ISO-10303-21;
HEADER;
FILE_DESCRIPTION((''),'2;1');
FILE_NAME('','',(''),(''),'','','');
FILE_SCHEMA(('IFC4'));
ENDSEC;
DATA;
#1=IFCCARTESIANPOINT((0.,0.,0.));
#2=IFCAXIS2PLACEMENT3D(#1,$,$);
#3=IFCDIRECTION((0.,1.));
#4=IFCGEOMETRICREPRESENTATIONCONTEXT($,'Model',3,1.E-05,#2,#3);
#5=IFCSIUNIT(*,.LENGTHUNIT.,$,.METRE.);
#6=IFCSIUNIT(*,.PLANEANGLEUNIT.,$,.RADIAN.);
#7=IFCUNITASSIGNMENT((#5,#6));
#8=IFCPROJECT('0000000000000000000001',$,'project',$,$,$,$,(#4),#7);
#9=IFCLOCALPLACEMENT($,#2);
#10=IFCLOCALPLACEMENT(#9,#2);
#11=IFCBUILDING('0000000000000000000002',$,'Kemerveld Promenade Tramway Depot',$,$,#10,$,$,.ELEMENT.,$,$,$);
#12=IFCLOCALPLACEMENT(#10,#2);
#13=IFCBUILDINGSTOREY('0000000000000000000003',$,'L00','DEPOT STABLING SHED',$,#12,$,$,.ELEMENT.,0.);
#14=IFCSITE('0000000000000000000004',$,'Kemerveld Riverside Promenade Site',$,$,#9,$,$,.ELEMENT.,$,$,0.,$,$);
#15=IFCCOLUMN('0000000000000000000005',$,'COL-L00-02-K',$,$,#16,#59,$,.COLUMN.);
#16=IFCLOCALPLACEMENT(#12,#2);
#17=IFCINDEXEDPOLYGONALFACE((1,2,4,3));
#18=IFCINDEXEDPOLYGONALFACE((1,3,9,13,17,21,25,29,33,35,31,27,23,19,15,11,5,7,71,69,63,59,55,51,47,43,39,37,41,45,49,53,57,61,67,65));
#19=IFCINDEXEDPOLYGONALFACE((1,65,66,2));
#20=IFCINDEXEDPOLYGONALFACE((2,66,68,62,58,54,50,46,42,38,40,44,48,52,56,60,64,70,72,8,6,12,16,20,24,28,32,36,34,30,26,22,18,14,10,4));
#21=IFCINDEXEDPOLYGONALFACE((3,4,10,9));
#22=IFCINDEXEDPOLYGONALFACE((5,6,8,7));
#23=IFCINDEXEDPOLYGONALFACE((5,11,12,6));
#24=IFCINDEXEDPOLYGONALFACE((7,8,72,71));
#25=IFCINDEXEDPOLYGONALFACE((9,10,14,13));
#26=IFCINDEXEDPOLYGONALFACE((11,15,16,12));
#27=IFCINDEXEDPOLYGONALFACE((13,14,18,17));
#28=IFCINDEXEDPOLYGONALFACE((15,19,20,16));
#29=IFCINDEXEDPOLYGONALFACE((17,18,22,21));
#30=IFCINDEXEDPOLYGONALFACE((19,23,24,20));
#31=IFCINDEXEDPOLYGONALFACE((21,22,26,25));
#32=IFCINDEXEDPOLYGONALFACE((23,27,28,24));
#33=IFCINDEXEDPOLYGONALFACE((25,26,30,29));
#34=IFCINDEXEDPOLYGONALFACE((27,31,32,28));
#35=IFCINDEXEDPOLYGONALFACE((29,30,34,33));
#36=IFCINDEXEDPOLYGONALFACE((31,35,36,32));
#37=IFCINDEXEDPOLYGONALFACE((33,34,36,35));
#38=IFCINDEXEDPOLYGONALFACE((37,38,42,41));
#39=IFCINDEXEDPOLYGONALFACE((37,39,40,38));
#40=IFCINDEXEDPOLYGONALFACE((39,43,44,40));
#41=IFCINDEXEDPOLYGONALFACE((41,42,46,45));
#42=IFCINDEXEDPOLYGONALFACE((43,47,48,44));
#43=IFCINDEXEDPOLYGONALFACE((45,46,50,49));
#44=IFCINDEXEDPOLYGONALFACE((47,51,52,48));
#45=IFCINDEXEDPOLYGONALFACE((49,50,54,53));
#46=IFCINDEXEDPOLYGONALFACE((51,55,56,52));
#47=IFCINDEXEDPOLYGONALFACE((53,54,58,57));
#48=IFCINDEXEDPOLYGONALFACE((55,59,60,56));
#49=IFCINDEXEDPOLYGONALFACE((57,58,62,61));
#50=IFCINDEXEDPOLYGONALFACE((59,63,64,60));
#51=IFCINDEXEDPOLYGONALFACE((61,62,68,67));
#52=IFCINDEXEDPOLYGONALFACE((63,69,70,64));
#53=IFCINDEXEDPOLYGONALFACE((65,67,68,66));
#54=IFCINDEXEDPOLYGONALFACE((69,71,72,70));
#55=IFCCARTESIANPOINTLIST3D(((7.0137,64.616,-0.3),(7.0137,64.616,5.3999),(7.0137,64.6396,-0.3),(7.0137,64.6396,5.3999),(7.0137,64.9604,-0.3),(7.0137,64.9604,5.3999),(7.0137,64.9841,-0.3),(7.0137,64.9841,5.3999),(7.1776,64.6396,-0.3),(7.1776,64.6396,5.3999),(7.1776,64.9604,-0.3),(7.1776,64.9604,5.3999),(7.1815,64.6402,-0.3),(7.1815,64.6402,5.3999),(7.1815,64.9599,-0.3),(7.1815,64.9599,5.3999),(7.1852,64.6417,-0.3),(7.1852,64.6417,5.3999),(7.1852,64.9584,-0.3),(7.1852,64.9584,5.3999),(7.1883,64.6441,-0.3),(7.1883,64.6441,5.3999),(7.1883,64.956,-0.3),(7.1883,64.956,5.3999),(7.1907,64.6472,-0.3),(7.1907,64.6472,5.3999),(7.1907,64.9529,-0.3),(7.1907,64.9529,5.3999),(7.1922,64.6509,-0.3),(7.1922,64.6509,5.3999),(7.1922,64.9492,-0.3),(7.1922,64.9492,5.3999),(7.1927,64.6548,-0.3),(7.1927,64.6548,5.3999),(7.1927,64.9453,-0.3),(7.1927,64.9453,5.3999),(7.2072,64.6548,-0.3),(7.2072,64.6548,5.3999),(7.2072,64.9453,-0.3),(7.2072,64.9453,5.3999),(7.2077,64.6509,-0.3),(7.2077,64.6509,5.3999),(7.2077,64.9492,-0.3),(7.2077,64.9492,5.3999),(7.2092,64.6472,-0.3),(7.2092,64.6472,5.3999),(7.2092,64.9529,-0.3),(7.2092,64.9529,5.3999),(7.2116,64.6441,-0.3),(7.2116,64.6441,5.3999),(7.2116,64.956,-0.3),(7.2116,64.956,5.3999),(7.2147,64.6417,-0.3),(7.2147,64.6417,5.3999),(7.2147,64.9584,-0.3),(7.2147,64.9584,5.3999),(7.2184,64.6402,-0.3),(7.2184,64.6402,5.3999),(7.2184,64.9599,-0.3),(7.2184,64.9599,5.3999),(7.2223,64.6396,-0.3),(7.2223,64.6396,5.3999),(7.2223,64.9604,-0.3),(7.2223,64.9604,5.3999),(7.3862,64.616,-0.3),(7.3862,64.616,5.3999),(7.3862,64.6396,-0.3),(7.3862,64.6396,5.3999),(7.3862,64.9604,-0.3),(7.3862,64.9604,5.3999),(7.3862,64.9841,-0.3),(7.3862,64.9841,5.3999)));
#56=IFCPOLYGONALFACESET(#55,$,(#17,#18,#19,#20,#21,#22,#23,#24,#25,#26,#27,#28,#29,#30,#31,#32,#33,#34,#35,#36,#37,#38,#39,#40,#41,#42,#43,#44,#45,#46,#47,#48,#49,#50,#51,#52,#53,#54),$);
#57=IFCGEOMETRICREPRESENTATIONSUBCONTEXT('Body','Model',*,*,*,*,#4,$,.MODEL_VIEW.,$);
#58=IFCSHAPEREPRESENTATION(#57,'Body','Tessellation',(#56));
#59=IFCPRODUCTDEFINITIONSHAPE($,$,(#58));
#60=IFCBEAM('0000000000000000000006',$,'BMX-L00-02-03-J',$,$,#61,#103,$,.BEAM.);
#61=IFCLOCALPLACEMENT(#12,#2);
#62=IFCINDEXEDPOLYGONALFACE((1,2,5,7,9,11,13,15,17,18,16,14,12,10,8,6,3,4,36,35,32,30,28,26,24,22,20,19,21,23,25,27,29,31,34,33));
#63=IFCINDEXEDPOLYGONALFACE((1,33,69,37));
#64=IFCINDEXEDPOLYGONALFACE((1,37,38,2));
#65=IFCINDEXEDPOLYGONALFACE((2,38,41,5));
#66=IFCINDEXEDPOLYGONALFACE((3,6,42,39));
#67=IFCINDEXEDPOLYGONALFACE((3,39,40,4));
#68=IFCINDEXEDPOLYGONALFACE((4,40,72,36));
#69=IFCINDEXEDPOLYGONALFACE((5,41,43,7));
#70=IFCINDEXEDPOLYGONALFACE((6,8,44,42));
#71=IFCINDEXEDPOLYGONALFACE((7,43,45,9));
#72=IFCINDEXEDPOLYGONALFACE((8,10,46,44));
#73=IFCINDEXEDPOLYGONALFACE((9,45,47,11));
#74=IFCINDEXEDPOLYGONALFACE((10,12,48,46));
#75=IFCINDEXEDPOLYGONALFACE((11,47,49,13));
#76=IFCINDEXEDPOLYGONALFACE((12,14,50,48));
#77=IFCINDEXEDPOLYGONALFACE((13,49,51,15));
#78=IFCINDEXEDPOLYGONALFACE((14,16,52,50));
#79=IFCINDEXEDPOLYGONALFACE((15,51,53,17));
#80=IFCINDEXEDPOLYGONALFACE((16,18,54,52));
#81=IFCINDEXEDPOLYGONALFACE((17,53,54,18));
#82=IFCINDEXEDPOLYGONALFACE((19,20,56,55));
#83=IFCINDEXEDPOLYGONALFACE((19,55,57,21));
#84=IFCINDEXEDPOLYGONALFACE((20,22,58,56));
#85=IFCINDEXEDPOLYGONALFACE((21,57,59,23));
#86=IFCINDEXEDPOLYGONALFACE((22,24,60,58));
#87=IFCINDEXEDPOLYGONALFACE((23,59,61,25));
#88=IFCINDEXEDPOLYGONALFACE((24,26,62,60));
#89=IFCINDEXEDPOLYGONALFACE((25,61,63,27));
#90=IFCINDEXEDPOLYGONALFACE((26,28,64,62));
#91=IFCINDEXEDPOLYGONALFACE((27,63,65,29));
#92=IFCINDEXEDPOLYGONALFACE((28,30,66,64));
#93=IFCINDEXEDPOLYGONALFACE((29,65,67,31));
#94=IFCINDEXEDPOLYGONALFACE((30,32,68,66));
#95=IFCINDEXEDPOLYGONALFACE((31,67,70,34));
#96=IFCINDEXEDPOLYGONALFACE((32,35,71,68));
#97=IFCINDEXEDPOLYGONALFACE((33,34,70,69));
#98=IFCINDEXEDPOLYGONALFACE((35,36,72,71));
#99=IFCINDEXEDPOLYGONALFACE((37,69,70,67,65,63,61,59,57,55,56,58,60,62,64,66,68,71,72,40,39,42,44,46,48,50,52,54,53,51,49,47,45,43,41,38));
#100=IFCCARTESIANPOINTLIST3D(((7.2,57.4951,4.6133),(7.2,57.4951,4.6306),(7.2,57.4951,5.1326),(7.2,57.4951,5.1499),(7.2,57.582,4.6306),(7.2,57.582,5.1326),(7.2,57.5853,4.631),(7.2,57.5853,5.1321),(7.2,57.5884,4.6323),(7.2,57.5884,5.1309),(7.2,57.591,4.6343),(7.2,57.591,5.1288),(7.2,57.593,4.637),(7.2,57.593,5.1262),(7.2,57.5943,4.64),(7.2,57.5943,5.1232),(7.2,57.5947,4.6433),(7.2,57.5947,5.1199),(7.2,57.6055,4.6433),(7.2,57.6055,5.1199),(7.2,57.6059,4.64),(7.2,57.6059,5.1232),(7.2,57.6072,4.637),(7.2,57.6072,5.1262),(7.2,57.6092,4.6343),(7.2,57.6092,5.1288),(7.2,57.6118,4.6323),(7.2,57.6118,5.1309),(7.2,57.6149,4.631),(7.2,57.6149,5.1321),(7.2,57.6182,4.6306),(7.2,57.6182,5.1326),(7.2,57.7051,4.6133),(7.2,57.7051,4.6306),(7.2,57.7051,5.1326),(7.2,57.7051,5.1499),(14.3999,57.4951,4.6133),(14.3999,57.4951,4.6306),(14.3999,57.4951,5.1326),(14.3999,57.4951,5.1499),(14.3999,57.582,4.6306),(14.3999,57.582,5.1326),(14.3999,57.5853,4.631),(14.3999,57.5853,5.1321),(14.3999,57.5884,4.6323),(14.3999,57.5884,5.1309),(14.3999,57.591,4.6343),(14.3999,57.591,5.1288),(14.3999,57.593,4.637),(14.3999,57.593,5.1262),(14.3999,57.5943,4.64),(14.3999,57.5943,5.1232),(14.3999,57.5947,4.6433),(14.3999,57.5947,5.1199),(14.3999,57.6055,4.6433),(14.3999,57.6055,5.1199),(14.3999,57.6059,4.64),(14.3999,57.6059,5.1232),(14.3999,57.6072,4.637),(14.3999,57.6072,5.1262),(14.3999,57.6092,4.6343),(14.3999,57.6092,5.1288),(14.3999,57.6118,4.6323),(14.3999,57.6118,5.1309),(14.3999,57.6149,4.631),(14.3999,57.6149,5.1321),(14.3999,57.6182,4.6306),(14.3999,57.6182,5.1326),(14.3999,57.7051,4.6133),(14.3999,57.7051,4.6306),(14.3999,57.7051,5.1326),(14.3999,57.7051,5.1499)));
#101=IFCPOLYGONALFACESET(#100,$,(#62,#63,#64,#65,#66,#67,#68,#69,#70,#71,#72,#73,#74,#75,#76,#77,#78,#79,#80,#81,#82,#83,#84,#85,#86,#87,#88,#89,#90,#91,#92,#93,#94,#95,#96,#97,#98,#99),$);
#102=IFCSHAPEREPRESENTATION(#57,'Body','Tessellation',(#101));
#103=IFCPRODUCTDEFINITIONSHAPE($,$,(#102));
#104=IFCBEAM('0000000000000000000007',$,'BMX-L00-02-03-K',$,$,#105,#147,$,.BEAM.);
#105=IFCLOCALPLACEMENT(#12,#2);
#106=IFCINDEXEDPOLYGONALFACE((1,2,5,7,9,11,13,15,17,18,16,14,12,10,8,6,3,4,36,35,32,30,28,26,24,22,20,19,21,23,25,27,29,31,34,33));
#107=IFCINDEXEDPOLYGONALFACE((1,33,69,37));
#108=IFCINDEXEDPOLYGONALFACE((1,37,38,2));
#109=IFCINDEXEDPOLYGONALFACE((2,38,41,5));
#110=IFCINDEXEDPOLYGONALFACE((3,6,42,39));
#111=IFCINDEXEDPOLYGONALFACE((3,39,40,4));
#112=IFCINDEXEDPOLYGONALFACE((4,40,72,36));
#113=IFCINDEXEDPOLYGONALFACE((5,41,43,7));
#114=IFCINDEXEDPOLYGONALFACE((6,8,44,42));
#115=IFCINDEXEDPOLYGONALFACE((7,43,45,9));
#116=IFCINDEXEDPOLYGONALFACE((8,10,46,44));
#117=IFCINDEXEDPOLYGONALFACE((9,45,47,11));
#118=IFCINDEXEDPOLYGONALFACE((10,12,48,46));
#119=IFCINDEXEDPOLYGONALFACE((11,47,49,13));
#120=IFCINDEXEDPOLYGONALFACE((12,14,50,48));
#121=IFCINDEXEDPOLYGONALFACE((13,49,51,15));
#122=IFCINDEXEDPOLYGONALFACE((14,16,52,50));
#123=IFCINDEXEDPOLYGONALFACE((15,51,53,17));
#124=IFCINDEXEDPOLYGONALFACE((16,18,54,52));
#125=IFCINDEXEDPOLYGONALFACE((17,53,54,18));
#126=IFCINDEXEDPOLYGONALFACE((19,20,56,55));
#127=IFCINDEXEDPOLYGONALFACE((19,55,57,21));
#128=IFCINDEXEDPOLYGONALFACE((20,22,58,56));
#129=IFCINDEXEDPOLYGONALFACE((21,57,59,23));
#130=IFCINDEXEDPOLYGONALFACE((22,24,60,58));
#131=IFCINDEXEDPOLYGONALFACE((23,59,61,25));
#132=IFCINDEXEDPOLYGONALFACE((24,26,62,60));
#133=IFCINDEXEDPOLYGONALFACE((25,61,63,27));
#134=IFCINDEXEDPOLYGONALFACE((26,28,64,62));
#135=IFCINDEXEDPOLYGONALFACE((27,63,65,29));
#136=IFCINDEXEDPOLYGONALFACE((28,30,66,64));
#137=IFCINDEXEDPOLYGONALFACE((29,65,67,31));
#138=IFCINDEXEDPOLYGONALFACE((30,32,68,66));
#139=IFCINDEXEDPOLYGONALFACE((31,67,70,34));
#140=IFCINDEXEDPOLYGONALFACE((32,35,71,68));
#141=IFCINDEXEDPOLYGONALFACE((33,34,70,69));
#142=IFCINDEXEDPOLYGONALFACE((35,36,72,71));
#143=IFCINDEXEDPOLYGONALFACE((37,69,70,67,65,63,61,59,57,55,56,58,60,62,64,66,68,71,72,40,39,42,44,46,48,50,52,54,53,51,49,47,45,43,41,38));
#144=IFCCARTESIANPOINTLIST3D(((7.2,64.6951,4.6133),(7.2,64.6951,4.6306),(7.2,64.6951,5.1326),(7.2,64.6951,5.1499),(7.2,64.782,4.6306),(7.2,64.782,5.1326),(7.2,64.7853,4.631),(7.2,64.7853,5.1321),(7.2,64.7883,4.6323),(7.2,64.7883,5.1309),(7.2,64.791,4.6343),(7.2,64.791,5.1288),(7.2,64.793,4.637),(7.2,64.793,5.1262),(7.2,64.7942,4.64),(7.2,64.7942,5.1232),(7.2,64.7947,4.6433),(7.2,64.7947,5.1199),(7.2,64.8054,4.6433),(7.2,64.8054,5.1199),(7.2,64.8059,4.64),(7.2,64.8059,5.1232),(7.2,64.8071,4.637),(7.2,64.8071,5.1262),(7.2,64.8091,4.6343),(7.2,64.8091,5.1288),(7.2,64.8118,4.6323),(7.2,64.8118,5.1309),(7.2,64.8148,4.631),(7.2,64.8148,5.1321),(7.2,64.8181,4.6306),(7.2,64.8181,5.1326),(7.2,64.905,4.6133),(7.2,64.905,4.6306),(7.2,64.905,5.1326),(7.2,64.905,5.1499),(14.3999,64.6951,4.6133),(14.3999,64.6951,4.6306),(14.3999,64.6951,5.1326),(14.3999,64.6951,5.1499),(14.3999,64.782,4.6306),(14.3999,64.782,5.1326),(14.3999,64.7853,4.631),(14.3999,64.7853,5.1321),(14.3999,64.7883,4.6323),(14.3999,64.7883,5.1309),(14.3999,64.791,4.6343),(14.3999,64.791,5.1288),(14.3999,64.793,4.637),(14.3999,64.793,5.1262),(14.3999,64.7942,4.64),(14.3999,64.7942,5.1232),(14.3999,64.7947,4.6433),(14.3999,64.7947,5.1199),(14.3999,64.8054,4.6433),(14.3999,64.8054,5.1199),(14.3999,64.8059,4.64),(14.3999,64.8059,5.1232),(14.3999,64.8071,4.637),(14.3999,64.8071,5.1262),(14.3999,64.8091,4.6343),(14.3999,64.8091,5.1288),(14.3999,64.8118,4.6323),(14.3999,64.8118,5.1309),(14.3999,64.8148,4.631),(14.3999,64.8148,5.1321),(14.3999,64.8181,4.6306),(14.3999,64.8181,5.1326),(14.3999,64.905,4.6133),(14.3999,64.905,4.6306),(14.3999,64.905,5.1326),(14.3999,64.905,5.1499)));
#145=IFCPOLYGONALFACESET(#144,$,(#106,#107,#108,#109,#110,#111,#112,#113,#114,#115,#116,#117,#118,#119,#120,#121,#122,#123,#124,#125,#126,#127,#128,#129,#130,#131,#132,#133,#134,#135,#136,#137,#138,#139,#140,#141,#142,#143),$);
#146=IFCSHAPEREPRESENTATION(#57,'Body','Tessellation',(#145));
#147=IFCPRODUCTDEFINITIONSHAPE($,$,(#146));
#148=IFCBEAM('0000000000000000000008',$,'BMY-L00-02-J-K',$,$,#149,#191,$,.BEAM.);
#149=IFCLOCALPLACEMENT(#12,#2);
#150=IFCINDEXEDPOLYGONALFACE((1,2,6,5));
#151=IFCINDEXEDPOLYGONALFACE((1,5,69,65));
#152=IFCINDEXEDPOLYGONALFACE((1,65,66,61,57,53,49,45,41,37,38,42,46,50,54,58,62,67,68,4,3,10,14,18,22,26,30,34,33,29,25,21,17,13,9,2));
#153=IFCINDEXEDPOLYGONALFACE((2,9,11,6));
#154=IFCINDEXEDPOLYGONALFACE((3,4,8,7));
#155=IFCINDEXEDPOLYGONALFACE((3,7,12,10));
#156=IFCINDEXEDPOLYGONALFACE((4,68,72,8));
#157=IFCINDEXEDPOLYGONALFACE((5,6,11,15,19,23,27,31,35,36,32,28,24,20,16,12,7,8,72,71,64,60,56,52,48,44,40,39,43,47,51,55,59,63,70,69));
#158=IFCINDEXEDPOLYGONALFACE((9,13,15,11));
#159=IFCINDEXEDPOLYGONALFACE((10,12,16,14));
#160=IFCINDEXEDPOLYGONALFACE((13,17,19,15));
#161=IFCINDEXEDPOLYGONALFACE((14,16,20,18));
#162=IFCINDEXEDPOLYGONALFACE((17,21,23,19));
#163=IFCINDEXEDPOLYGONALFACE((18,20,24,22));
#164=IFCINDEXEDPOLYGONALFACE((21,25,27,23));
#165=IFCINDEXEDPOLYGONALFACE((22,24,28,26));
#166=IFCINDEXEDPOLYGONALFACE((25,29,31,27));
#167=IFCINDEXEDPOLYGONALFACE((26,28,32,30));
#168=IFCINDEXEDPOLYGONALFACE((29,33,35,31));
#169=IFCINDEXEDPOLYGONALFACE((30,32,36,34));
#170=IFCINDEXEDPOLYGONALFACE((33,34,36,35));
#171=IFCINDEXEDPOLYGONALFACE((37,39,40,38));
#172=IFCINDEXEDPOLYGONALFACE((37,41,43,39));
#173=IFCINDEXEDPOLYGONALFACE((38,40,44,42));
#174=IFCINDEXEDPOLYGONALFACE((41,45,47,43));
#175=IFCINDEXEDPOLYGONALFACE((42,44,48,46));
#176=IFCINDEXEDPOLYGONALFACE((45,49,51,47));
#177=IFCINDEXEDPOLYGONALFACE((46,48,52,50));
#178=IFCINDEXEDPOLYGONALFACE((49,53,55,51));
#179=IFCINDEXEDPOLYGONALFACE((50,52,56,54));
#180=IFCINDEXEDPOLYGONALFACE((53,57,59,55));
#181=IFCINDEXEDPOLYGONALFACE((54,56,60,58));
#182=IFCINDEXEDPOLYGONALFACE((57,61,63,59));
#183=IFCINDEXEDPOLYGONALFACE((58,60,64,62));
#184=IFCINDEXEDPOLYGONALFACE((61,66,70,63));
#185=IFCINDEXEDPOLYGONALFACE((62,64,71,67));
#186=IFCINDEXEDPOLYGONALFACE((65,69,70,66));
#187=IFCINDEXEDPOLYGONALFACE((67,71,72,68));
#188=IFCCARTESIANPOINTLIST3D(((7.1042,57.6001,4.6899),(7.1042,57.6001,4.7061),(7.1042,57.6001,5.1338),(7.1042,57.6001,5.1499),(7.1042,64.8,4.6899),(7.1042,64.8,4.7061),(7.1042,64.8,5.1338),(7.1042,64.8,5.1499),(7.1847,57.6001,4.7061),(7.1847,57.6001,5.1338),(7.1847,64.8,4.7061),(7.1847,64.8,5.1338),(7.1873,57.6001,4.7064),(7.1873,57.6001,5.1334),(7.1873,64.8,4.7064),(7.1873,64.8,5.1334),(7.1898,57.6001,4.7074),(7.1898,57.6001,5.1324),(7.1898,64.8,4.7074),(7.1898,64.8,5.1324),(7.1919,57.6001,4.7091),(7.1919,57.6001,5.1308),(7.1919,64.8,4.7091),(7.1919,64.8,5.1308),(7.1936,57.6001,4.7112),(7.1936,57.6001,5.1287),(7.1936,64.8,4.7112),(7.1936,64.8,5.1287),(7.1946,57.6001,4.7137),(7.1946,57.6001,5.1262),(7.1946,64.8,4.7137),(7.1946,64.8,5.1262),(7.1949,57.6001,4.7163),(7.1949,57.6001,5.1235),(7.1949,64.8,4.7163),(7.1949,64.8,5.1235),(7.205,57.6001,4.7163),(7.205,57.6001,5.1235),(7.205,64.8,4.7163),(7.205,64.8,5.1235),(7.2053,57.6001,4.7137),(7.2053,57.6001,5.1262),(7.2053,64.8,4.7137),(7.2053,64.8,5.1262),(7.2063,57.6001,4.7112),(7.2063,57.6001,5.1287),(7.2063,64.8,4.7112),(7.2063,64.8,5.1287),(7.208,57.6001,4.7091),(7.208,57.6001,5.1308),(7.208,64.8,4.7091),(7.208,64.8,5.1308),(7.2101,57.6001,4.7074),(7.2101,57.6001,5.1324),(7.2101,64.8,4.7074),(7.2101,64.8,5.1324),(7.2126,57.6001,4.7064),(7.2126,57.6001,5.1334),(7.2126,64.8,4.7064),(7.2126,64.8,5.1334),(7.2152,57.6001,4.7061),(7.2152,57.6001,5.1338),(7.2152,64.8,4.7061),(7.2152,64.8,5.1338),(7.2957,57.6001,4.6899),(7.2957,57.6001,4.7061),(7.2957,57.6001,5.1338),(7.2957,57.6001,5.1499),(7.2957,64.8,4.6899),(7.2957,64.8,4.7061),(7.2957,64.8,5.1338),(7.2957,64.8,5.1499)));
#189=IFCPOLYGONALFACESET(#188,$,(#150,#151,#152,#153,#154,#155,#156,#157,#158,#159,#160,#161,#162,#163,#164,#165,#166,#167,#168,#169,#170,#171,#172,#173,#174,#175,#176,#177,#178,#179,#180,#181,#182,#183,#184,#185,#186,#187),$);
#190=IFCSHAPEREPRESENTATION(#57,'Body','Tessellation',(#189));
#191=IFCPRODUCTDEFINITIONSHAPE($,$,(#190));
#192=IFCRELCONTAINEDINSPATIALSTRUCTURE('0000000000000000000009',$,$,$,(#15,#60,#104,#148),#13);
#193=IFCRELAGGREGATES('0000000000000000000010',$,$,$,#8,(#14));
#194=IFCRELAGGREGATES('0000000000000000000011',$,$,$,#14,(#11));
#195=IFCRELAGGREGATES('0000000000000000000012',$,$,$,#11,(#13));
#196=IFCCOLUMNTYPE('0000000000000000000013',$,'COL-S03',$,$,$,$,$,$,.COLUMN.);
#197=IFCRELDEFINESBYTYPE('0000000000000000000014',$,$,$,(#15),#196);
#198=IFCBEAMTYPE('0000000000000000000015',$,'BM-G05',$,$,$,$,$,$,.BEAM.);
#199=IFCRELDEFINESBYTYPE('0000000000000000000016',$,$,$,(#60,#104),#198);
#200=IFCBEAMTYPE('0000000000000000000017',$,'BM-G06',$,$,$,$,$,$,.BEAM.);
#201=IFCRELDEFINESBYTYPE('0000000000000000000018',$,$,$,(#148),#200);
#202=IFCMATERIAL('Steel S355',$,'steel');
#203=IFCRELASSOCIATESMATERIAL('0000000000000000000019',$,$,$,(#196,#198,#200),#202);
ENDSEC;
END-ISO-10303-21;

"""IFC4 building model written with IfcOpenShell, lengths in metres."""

from ifc_helpers import new_model, si_unit, direction, frame, origin, origin_2d, place, context, subcontext, project, spatial, i_section, extrude, material, material_profile, profile_set, type_object, element, save


model = new_model("IFC4")

# Units and contexts
model_context = context("Model", 3, precision=1e-05, world=origin(), true_north=direction((0.0, 1.0)))
body_context = subcontext(model_context, "Body", "Model", "MODEL_VIEW")
ifc_project = project(units=[si_unit("LENGTHUNIT", "METRE"), si_unit("PLANEANGLEUNIT", "RADIAN")], contexts=[model_context])

# Site, building, storey
site_placement = place(None, origin())
site = spatial("IfcSite", under=ifc_project, at=site_placement, Name="Kemerveld Riverside Promenade Site", CompositionType="ELEMENT", RefElevation=0.0)
building_placement = place(site_placement, origin())
building = spatial("IfcBuilding", under=site, at=building_placement, Name="Kemerveld Promenade Tramway Depot", CompositionType="ELEMENT")
storey_placement = place(building_placement, origin())
storey = spatial("IfcBuildingStorey", under=building, at=storey_placement, Name="L00", Description="DEPOT STABLING SHED", CompositionType="ELEMENT", Elevation=0.0)

# Column
ifc_material_1 = material(Name="Steel S355", Category="steel")
ifc_material_profile_1 = material_profile(ifc_material_1, i_section(OverallWidth=0.3726, OverallDepth=0.3682, WebThickness=0.0144, FlangeThickness=0.0237, FilletRadius=0.0151, at=origin_2d()), Name="356x368x177 UC")
ifc_profile_set_1 = profile_set([ifc_material_profile_1], Name="Steel S355")
column_type = type_object("IfcColumnType", Name="COL-S03", PredefinedType="COLUMN", material=ifc_profile_set_1)
column_placement = place(storey_placement, frame((7.2, 64.8, -0.3), z_axis=(0.0, 0.0, 1.0), x_axis=(1.0, 0.0, 0.0)))
element("IfcColumn", 1, at=column_placement, inside=storey, type_object=column_type, Name="COL-L00-02-K", PredefinedType="COLUMN", context=body_context, shape_type="SweptSolid", body=[
    extrude(i_section(OverallWidth=0.3726, OverallDepth=0.3682, WebThickness=0.0144, FlangeThickness=0.0237, FilletRadius=0.0151, at=origin_2d()), origin(), (0.0, 0.0, 1.0), 5.7),
])

# Beams
ifc_material_profile_2 = material_profile(ifc_material_1, i_section(OverallWidth=0.21, OverallDepth=0.5366, WebThickness=0.0107, FlangeThickness=0.0173, FilletRadius=0.0127, at=origin_2d()), Name="533x210x101 UB")
ifc_profile_set_2 = profile_set([ifc_material_profile_2], Name="Steel S355")
beam_type_1 = type_object("IfcBeamType", Name="BM-G05", PredefinedType="BEAM", material=ifc_profile_set_2)
for number, where, z_axis, x_axis, name in (
    (2, (7.2, 57.6001, 4.8816), (1.0, 0.0, 0.0), (0.0, 1.0, 0.0), "BMX-L00-02-03-J"),
    (3, (7.2, 64.8, 4.8816), (1.0, 0.0, 0.0), (0.0, 1.0, 0.0), "BMX-L00-02-03-K"),
):
    element("IfcBeam", number, at=place(storey_placement, frame(where, z_axis=z_axis, x_axis=x_axis)), inside=storey, type_object=beam_type_1, Name=name, PredefinedType="BEAM", context=body_context, shape_type="SweptSolid", body=[
        extrude(i_section(OverallWidth=0.21, OverallDepth=0.5366, WebThickness=0.0107, FlangeThickness=0.0173, FilletRadius=0.0127, at=origin_2d()), origin(), (0.0, 0.0, 1.0), 7.2),
    ])
ifc_material_profile_3 = material_profile(ifc_material_1, i_section(OverallWidth=0.1914, OverallDepth=0.46, WebThickness=0.01, FlangeThickness=0.0161, FilletRadius=0.0103, at=origin_2d()), Name="457x191x82 UB")
ifc_profile_set_3 = profile_set([ifc_material_profile_3], Name="Steel S355")
beam_type_2 = type_object("IfcBeamType", Name="BM-G06", PredefinedType="BEAM", material=ifc_profile_set_3)
for number, where, z_axis, x_axis, name in (
    (4, (7.2, 57.6001, 4.9199), (0.0, 1.0, 0.0), (-1.0, 0.0, 0.0), "BMY-L00-02-J-K"),
):
    element("IfcBeam", number, at=place(storey_placement, frame(where, z_axis=z_axis, x_axis=x_axis)), inside=storey, type_object=beam_type_2, Name=name, PredefinedType="BEAM", context=body_context, shape_type="SweptSolid", body=[
        extrude(i_section(OverallWidth=0.1914, OverallDepth=0.46, WebThickness=0.01, FlangeThickness=0.0161, FilletRadius=0.0103, at=origin_2d()), origin(), (0.0, 0.0, 1.0), 7.2),
    ])

save(model, "model.ifc")
